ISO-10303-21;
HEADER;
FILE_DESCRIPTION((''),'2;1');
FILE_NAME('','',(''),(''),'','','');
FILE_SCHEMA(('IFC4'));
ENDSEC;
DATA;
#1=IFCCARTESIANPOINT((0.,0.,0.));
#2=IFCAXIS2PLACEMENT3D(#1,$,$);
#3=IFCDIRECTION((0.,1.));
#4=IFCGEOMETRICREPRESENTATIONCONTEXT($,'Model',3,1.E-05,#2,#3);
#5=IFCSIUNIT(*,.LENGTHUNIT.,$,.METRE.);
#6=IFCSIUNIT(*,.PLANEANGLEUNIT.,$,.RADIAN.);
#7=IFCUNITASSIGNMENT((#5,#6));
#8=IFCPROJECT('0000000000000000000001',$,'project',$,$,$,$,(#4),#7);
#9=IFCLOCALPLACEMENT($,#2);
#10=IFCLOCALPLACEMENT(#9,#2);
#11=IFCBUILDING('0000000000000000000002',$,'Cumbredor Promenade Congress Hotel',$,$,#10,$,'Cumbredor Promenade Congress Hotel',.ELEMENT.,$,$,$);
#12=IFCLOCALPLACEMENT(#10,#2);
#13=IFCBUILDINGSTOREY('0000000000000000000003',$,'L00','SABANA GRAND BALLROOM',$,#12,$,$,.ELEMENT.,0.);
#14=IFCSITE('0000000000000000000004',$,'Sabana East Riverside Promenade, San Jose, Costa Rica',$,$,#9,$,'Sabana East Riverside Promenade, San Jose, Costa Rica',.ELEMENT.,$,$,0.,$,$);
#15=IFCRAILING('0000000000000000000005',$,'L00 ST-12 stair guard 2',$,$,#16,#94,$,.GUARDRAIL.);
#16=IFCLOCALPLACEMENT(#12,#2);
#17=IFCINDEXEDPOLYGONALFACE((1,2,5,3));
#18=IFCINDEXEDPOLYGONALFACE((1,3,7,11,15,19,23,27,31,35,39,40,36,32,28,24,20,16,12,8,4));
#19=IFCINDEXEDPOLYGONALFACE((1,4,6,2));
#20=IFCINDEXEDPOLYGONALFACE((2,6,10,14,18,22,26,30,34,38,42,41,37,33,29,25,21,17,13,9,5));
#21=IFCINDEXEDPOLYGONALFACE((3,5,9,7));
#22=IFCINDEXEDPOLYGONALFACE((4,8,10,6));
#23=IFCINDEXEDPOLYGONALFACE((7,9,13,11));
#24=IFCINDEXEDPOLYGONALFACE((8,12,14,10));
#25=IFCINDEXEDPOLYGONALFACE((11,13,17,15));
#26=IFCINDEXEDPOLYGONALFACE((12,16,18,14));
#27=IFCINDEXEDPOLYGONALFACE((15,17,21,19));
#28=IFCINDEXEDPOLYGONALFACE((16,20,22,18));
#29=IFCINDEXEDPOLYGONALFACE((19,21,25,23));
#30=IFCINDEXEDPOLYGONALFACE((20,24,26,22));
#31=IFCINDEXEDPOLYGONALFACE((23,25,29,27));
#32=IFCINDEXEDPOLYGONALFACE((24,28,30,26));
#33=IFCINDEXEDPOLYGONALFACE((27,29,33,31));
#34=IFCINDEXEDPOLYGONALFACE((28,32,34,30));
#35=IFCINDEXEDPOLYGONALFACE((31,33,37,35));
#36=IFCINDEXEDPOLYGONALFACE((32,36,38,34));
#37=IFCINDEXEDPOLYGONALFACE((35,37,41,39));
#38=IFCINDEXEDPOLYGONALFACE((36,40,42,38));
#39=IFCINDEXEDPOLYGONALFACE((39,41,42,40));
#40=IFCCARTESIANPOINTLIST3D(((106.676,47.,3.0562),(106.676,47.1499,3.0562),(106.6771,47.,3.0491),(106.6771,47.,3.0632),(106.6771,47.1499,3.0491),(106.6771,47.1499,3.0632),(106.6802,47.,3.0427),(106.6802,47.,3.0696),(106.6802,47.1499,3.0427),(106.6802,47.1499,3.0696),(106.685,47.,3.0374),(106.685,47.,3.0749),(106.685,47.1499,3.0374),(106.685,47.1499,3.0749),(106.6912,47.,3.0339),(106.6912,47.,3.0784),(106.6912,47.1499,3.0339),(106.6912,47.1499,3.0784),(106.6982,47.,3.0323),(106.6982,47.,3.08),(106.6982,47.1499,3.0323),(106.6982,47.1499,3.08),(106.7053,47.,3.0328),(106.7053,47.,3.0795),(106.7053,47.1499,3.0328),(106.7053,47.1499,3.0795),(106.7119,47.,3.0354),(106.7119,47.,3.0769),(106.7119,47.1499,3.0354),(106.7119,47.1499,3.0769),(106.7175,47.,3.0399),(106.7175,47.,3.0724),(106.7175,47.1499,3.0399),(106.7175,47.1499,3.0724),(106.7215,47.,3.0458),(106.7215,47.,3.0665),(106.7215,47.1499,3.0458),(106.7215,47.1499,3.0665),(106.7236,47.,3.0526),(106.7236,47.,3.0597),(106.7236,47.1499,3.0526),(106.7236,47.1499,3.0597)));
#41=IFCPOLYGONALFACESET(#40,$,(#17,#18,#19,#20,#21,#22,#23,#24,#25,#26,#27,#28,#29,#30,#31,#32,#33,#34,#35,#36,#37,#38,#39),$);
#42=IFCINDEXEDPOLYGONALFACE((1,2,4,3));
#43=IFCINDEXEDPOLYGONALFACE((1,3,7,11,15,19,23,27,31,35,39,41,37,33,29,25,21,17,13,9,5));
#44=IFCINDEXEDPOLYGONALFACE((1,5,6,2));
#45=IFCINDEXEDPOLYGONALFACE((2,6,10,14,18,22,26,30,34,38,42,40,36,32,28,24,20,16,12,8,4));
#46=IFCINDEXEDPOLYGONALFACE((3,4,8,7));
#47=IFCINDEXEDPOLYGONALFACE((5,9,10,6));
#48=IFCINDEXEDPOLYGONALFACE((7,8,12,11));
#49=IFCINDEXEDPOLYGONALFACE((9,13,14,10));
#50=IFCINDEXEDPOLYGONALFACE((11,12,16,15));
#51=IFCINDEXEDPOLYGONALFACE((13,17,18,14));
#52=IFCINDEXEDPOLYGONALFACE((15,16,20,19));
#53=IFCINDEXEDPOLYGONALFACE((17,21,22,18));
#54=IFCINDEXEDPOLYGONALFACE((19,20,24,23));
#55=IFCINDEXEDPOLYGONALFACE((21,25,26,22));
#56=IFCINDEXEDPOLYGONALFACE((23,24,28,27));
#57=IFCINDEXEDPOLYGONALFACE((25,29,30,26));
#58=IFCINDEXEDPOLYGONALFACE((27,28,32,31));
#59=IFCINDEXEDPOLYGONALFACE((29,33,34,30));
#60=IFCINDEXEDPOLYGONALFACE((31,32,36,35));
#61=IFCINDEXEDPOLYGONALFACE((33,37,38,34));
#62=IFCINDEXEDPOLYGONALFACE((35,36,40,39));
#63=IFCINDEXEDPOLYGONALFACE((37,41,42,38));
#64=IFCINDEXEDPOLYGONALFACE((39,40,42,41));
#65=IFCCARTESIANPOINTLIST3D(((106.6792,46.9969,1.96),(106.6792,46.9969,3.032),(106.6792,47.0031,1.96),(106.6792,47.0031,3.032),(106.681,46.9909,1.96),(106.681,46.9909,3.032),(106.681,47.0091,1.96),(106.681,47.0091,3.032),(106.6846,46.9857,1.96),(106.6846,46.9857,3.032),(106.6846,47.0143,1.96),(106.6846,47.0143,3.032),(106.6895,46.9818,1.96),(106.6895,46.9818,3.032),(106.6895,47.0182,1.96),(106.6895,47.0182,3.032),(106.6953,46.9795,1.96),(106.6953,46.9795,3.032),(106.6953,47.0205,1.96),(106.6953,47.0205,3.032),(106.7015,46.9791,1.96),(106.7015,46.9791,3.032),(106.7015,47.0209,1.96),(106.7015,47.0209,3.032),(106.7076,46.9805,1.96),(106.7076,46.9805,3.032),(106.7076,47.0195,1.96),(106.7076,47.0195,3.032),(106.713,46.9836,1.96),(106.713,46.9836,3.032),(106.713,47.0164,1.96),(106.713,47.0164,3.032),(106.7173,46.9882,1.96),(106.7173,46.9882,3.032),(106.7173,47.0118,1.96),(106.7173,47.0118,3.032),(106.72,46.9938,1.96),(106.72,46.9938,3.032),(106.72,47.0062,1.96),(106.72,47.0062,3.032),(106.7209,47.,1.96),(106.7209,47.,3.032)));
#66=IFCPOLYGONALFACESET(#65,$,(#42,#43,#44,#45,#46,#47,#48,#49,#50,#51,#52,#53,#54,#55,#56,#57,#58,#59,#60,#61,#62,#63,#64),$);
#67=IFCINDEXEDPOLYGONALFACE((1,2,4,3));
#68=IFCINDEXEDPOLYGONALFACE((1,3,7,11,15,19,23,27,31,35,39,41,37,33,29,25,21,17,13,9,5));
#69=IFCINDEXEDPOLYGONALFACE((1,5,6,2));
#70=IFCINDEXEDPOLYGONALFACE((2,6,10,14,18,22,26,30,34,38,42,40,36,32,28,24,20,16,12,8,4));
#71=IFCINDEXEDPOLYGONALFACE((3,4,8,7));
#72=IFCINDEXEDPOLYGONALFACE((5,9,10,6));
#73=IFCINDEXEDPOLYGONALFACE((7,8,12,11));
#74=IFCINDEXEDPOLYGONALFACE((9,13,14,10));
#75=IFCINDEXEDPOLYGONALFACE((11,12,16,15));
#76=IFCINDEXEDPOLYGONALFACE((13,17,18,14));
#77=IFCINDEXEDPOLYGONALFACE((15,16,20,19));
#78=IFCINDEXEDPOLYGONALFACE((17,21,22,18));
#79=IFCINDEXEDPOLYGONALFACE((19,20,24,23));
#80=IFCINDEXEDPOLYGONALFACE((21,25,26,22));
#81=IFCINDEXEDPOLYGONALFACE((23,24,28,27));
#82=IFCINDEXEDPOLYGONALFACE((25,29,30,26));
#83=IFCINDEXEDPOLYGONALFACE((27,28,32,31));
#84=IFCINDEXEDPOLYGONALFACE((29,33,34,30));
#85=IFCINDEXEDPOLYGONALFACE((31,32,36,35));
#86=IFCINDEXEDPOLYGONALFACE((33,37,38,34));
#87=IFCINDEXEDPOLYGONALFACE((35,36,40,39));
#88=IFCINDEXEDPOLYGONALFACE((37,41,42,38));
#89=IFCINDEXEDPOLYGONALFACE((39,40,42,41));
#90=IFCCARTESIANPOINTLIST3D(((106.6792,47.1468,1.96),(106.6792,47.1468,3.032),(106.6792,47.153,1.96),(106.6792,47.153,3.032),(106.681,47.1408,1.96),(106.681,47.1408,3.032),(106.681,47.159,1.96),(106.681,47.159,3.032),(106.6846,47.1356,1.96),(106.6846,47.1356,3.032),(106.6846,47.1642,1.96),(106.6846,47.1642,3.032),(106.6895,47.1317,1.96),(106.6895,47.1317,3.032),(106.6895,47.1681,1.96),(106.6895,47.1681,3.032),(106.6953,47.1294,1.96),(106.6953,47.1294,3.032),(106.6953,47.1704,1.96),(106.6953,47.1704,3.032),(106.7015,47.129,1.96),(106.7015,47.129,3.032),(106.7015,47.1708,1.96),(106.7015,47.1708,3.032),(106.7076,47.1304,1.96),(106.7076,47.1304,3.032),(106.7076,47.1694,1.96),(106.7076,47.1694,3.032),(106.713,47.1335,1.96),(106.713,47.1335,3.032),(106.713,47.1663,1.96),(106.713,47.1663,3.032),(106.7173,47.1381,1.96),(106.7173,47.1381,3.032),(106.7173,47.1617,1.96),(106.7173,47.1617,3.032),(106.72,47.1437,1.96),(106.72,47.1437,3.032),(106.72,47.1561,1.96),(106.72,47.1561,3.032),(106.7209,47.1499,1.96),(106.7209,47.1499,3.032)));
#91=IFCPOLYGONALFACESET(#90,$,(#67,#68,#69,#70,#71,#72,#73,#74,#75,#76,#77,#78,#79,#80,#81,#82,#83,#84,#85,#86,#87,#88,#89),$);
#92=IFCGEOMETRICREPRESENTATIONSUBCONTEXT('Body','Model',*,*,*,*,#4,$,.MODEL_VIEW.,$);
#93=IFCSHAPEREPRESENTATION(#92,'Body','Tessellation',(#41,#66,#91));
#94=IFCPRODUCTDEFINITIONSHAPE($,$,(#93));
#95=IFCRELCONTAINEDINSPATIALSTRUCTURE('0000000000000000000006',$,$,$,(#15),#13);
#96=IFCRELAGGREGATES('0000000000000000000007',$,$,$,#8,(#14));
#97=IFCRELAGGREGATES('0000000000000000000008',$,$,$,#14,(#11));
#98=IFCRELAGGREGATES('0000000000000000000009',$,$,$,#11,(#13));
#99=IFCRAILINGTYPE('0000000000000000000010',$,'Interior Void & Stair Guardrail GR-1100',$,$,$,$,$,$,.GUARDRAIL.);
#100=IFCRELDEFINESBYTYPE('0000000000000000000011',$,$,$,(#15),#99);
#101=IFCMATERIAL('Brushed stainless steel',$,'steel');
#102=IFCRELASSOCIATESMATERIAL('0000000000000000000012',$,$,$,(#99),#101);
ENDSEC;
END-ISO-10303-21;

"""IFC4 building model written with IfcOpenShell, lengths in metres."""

from ifc_helpers import new_model, si_unit, direction, frame, origin, origin_2d, place, context, subcontext, project, spatial, circle, extrude, material, type_object, element, save


model = new_model("IFC4")

# Units and contexts
model_context = context("Model", 3, precision=1e-05, world=origin(), true_north=direction((0.0, 1.0)))
body_context = subcontext(model_context, "Body", "Model", "MODEL_VIEW")
ifc_project = project(units=[si_unit("LENGTHUNIT", "METRE"), si_unit("PLANEANGLEUNIT", "RADIAN")], contexts=[model_context])

# Site, building, storey
site_placement = place(None, origin())
site = spatial("IfcSite", under=ifc_project, at=site_placement, Name="Sabana East Riverside Promenade, San Jose, Costa Rica", LongName="Sabana East Riverside Promenade, San Jose, Costa Rica", CompositionType="ELEMENT", RefElevation=0.0)
building_placement = place(site_placement, origin())
building = spatial("IfcBuilding", under=site, at=building_placement, Name="Cumbredor Promenade Congress Hotel", LongName="Cumbredor Promenade Congress Hotel", CompositionType="ELEMENT")
storey_placement = place(building_placement, origin())
storey = spatial("IfcBuildingStorey", under=building, at=storey_placement, Name="L00", Description="SABANA GRAND BALLROOM", CompositionType="ELEMENT", Elevation=0.0)

# Railing
ifc_material_1 = material(Name="Brushed stainless steel", Category="steel")
railing_type_1 = type_object("IfcRailingType", Name="Interior Void & Stair Guardrail GR-1100", PredefinedType="GUARDRAIL", material=ifc_material_1)
railing_1_placement = place(storey_placement, frame((106.7, 47.0, 1.96)))
element("IfcRailing", 1, at=railing_1_placement, inside=storey, type_object=railing_type_1, Name="L00 ST-12 stair guard 2", PredefinedType="GUARDRAIL", context=body_context, shape_type="SweptSolid", body=[
    extrude(circle(Radius=0.0239, at=origin_2d()), frame((0.0, 0.0, 1.0962), z_axis=(0.0, 1.0, 0.0), x_axis=(-1.0, 0.0, 0.0)), (0.0, 0.0, 1.0), 0.1499),
    extrude(circle(Radius=0.021, at=origin_2d()), origin(), (0.0, 0.0, 1.0), 1.072),
    extrude(circle(Radius=0.021, at=origin_2d()), frame((0.0, 0.1499, 0.0)), (0.0, 0.0, 1.0), 1.072),
])

save(model, "model.ifc")
